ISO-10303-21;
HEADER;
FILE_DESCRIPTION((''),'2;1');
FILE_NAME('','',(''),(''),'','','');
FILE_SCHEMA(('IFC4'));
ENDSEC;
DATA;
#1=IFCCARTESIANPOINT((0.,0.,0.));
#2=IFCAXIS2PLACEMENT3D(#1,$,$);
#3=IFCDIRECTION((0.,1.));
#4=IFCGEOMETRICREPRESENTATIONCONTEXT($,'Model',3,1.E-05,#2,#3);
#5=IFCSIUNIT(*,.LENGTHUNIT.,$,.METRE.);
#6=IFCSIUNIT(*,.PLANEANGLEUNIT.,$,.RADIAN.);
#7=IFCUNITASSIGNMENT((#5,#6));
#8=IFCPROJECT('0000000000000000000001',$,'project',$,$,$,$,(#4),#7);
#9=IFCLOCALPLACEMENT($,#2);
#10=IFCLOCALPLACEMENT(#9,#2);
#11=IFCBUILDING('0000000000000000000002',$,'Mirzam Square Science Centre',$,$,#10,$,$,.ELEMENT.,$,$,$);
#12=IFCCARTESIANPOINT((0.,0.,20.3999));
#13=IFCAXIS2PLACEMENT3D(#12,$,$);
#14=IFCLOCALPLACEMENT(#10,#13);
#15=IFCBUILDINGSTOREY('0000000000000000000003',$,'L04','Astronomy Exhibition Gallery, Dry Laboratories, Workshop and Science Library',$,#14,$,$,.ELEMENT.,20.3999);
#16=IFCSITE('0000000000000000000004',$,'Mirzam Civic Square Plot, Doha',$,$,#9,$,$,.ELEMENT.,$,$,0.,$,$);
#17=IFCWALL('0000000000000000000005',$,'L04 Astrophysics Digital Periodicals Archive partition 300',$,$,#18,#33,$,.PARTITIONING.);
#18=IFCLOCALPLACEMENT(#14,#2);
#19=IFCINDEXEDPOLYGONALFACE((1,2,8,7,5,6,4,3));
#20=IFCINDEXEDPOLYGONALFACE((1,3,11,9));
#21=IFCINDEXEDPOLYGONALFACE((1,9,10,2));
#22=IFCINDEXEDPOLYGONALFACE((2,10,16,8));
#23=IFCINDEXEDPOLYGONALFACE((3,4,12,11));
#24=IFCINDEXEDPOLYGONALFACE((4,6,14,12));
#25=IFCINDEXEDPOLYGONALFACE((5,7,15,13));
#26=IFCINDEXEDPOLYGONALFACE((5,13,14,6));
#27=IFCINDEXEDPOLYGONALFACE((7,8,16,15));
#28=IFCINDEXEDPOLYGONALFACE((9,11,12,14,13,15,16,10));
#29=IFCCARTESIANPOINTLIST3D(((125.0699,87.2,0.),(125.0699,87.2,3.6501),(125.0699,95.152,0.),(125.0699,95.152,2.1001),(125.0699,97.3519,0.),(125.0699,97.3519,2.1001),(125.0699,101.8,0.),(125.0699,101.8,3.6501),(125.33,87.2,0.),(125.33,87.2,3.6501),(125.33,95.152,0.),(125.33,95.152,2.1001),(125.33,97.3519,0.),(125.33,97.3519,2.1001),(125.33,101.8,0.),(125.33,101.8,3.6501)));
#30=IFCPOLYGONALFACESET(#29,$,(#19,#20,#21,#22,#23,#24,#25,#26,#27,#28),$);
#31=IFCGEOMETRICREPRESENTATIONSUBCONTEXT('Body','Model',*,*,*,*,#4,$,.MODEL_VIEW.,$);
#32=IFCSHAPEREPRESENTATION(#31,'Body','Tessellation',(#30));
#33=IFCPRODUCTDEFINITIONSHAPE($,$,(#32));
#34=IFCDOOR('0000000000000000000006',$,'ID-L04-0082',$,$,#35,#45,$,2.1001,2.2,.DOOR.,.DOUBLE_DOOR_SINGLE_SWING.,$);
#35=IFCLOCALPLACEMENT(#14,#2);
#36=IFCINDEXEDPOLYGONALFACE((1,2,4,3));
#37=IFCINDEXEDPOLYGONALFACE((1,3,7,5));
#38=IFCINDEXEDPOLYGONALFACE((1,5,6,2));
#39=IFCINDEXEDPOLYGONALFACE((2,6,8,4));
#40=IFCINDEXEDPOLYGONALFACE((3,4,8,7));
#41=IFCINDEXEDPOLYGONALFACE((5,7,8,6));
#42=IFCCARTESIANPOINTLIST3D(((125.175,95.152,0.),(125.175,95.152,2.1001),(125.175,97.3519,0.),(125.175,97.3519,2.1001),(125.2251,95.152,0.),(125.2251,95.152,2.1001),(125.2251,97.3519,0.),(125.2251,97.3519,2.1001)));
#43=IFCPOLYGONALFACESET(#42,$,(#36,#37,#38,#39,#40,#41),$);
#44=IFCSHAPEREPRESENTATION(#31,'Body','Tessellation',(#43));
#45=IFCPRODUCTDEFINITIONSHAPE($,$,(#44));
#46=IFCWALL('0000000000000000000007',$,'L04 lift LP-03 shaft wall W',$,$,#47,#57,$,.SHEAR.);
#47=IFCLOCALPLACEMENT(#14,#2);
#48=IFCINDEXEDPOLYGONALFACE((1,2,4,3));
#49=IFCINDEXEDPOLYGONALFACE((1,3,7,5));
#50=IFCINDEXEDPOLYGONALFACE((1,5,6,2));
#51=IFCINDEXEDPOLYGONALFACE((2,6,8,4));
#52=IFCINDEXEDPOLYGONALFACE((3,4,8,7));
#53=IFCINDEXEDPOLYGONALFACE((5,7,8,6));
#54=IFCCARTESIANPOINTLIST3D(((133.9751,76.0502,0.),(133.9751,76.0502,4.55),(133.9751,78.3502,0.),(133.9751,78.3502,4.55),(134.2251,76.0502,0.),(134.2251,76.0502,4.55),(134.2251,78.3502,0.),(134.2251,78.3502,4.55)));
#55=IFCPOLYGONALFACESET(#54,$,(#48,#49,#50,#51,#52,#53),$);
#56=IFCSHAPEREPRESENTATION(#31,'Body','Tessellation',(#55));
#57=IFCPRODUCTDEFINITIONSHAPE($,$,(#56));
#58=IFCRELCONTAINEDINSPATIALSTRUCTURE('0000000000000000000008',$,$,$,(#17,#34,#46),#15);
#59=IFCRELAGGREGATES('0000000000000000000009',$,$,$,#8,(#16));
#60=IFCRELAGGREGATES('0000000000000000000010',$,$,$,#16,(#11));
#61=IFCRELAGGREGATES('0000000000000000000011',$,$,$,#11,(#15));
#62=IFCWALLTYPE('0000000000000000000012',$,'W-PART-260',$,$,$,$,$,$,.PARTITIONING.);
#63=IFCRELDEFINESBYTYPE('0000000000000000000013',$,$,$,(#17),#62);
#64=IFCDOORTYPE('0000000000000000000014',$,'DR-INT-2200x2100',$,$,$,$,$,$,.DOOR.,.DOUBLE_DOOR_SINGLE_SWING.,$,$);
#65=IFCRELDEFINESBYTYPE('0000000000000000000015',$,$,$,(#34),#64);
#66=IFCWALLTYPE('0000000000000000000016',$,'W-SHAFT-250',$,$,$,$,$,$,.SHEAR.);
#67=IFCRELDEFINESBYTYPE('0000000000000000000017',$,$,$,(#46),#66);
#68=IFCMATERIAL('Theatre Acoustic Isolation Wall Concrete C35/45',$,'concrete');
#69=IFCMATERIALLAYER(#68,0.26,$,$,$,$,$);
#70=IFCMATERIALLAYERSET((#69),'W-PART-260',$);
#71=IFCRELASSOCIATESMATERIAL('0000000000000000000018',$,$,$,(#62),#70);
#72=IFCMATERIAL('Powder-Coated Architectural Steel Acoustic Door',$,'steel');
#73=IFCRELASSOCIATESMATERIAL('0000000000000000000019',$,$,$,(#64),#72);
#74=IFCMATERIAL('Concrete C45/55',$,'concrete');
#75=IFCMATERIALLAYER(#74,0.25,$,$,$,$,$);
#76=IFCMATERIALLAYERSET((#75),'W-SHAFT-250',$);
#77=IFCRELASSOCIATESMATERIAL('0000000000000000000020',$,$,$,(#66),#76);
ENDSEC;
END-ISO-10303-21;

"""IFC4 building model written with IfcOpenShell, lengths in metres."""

from ifc_helpers import new_model, si_unit, direction, frame, frame_2d, origin, place, context, subcontext, project, spatial, rectangle, extrude, material, layer, layer_set, type_object, element, fill, save


model = new_model("IFC4")

# Units and contexts
model_context = context("Model", 3, precision=1e-05, world=origin(), true_north=direction((0.0, 1.0)))
body_context = subcontext(model_context, "Body", "Model", "MODEL_VIEW")
ifc_project = project(units=[si_unit("LENGTHUNIT", "METRE"), si_unit("PLANEANGLEUNIT", "RADIAN")], contexts=[model_context])

# Site, building, storey
site_placement = place(None, origin())
site = spatial("IfcSite", under=ifc_project, at=site_placement, Name="Mirzam Civic Square Plot, Doha", CompositionType="ELEMENT", RefElevation=0.0)
building_placement = place(site_placement, origin())
building = spatial("IfcBuilding", under=site, at=building_placement, Name="Mirzam Square Science Centre", CompositionType="ELEMENT")
storey_placement = place(building_placement, frame((0.0, 0.0, 20.3999)))
storey = spatial("IfcBuildingStorey", under=building, at=storey_placement, Name="L04", Description="Astronomy Exhibition Gallery, Dry Laboratories, Workshop and Science Library", CompositionType="ELEMENT", Elevation=20.3999)

# Shared definitions
ifc_material_1 = material(Name="Concrete C45/55", Category="concrete")
ifc_material_2 = material(Name="Theatre Acoustic Isolation Wall Concrete C35/45", Category="concrete")
ifc_layer_1 = layer(ifc_material_2, 0.26)
ifc_layer_set_1 = layer_set([ifc_layer_1], Name="W-PART-260")
wall_type_1 = type_object("IfcWallType", Name="W-PART-260", PredefinedType="PARTITIONING", material=ifc_layer_set_1)

# Wall, opening, door
wall_1_placement = place(storey_placement, frame((125.2, 87.2, 0.0), z_axis=(0.0, 0.0, 1.0), x_axis=(0.0, 1.0, 0.0)))
wall_1 = element("IfcWall", 1, at=wall_1_placement, inside=storey, type_object=wall_type_1, Name="L04 Astrophysics Digital Periodicals Archive partition 300", PredefinedType="PARTITIONING", context=body_context, shape_type="SweptSolid", body=[
    extrude(rectangle(XDim=14.6001, YDim=0.26, at=frame_2d((7.3, 0.0))), origin(), (0.0, 0.0, 1.0), 3.6501),
])
opening_1_placement = place(wall_1_placement, frame((7.9519, 0.0, 0.0)))
opening_1 = element("IfcOpeningElement", 2, at=opening_1_placement, cuts=wall_1, PredefinedType="OPENING", context=body_context, shape_type="SweptSolid", body=[
    extrude(rectangle(XDim=2.2, YDim=2.1001, at=frame_2d((1.1001, 1.05))), frame((0.0, 0.1399, 0.0), z_axis=(0.0, -1.0, 0.0), x_axis=(1.0, 0.0, 0.0)), (0.0, 0.0, 1.0), 0.28),
])
ifc_material_3 = material(Name="Powder-Coated Architectural Steel Acoustic Door", Category="steel")
door_type_1 = type_object("IfcDoorType", Name="DR-INT-2200x2100", OperationType="DOUBLE_DOOR_SINGLE_SWING", PredefinedType="DOOR", material=ifc_material_3)
door_1_placement = place(opening_1_placement, origin())
door_1 = element("IfcDoor", 3, at=door_1_placement, inside=storey, type_object=door_type_1, Name="ID-L04-0082", OperationType="DOUBLE_DOOR_SINGLE_SWING", OverallHeight=2.1001, OverallWidth=2.2, PredefinedType="DOOR", context=body_context, shape_type="SweptSolid", body=[
    extrude(rectangle(XDim=2.2, YDim=2.1001, at=frame_2d((1.1001, 1.05))), frame((0.0, 0.0249, 0.0), z_axis=(0.0, -1.0, 0.0), x_axis=(1.0, 0.0, 0.0)), (0.0, 0.0, 1.0), 0.05),
])
fill(opening_1, door_1)
ifc_layer_2 = layer(ifc_material_1, 0.25)
ifc_layer_set_2 = layer_set([ifc_layer_2], Name="W-SHAFT-250")
wall_type_2 = type_object("IfcWallType", Name="W-SHAFT-250", PredefinedType="SHEAR", material=ifc_layer_set_2)

# Wall
wall_2_placement = place(storey_placement, frame((134.1001, 78.3501, 0.0), z_axis=(0.0, 0.0, 1.0), x_axis=(0.0, -1.0, 0.0)))
element("IfcWall", 4, at=wall_2_placement, inside=storey, type_object=wall_type_2, Name="L04 lift LP-03 shaft wall W", PredefinedType="SHEAR", context=body_context, shape_type="SweptSolid", body=[
    extrude(rectangle(XDim=2.3, YDim=0.25, at=frame_2d((1.1499, 0.0))), origin(), (0.0, 0.0, 1.0), 4.55),
])

save(model, "model.ifc")
